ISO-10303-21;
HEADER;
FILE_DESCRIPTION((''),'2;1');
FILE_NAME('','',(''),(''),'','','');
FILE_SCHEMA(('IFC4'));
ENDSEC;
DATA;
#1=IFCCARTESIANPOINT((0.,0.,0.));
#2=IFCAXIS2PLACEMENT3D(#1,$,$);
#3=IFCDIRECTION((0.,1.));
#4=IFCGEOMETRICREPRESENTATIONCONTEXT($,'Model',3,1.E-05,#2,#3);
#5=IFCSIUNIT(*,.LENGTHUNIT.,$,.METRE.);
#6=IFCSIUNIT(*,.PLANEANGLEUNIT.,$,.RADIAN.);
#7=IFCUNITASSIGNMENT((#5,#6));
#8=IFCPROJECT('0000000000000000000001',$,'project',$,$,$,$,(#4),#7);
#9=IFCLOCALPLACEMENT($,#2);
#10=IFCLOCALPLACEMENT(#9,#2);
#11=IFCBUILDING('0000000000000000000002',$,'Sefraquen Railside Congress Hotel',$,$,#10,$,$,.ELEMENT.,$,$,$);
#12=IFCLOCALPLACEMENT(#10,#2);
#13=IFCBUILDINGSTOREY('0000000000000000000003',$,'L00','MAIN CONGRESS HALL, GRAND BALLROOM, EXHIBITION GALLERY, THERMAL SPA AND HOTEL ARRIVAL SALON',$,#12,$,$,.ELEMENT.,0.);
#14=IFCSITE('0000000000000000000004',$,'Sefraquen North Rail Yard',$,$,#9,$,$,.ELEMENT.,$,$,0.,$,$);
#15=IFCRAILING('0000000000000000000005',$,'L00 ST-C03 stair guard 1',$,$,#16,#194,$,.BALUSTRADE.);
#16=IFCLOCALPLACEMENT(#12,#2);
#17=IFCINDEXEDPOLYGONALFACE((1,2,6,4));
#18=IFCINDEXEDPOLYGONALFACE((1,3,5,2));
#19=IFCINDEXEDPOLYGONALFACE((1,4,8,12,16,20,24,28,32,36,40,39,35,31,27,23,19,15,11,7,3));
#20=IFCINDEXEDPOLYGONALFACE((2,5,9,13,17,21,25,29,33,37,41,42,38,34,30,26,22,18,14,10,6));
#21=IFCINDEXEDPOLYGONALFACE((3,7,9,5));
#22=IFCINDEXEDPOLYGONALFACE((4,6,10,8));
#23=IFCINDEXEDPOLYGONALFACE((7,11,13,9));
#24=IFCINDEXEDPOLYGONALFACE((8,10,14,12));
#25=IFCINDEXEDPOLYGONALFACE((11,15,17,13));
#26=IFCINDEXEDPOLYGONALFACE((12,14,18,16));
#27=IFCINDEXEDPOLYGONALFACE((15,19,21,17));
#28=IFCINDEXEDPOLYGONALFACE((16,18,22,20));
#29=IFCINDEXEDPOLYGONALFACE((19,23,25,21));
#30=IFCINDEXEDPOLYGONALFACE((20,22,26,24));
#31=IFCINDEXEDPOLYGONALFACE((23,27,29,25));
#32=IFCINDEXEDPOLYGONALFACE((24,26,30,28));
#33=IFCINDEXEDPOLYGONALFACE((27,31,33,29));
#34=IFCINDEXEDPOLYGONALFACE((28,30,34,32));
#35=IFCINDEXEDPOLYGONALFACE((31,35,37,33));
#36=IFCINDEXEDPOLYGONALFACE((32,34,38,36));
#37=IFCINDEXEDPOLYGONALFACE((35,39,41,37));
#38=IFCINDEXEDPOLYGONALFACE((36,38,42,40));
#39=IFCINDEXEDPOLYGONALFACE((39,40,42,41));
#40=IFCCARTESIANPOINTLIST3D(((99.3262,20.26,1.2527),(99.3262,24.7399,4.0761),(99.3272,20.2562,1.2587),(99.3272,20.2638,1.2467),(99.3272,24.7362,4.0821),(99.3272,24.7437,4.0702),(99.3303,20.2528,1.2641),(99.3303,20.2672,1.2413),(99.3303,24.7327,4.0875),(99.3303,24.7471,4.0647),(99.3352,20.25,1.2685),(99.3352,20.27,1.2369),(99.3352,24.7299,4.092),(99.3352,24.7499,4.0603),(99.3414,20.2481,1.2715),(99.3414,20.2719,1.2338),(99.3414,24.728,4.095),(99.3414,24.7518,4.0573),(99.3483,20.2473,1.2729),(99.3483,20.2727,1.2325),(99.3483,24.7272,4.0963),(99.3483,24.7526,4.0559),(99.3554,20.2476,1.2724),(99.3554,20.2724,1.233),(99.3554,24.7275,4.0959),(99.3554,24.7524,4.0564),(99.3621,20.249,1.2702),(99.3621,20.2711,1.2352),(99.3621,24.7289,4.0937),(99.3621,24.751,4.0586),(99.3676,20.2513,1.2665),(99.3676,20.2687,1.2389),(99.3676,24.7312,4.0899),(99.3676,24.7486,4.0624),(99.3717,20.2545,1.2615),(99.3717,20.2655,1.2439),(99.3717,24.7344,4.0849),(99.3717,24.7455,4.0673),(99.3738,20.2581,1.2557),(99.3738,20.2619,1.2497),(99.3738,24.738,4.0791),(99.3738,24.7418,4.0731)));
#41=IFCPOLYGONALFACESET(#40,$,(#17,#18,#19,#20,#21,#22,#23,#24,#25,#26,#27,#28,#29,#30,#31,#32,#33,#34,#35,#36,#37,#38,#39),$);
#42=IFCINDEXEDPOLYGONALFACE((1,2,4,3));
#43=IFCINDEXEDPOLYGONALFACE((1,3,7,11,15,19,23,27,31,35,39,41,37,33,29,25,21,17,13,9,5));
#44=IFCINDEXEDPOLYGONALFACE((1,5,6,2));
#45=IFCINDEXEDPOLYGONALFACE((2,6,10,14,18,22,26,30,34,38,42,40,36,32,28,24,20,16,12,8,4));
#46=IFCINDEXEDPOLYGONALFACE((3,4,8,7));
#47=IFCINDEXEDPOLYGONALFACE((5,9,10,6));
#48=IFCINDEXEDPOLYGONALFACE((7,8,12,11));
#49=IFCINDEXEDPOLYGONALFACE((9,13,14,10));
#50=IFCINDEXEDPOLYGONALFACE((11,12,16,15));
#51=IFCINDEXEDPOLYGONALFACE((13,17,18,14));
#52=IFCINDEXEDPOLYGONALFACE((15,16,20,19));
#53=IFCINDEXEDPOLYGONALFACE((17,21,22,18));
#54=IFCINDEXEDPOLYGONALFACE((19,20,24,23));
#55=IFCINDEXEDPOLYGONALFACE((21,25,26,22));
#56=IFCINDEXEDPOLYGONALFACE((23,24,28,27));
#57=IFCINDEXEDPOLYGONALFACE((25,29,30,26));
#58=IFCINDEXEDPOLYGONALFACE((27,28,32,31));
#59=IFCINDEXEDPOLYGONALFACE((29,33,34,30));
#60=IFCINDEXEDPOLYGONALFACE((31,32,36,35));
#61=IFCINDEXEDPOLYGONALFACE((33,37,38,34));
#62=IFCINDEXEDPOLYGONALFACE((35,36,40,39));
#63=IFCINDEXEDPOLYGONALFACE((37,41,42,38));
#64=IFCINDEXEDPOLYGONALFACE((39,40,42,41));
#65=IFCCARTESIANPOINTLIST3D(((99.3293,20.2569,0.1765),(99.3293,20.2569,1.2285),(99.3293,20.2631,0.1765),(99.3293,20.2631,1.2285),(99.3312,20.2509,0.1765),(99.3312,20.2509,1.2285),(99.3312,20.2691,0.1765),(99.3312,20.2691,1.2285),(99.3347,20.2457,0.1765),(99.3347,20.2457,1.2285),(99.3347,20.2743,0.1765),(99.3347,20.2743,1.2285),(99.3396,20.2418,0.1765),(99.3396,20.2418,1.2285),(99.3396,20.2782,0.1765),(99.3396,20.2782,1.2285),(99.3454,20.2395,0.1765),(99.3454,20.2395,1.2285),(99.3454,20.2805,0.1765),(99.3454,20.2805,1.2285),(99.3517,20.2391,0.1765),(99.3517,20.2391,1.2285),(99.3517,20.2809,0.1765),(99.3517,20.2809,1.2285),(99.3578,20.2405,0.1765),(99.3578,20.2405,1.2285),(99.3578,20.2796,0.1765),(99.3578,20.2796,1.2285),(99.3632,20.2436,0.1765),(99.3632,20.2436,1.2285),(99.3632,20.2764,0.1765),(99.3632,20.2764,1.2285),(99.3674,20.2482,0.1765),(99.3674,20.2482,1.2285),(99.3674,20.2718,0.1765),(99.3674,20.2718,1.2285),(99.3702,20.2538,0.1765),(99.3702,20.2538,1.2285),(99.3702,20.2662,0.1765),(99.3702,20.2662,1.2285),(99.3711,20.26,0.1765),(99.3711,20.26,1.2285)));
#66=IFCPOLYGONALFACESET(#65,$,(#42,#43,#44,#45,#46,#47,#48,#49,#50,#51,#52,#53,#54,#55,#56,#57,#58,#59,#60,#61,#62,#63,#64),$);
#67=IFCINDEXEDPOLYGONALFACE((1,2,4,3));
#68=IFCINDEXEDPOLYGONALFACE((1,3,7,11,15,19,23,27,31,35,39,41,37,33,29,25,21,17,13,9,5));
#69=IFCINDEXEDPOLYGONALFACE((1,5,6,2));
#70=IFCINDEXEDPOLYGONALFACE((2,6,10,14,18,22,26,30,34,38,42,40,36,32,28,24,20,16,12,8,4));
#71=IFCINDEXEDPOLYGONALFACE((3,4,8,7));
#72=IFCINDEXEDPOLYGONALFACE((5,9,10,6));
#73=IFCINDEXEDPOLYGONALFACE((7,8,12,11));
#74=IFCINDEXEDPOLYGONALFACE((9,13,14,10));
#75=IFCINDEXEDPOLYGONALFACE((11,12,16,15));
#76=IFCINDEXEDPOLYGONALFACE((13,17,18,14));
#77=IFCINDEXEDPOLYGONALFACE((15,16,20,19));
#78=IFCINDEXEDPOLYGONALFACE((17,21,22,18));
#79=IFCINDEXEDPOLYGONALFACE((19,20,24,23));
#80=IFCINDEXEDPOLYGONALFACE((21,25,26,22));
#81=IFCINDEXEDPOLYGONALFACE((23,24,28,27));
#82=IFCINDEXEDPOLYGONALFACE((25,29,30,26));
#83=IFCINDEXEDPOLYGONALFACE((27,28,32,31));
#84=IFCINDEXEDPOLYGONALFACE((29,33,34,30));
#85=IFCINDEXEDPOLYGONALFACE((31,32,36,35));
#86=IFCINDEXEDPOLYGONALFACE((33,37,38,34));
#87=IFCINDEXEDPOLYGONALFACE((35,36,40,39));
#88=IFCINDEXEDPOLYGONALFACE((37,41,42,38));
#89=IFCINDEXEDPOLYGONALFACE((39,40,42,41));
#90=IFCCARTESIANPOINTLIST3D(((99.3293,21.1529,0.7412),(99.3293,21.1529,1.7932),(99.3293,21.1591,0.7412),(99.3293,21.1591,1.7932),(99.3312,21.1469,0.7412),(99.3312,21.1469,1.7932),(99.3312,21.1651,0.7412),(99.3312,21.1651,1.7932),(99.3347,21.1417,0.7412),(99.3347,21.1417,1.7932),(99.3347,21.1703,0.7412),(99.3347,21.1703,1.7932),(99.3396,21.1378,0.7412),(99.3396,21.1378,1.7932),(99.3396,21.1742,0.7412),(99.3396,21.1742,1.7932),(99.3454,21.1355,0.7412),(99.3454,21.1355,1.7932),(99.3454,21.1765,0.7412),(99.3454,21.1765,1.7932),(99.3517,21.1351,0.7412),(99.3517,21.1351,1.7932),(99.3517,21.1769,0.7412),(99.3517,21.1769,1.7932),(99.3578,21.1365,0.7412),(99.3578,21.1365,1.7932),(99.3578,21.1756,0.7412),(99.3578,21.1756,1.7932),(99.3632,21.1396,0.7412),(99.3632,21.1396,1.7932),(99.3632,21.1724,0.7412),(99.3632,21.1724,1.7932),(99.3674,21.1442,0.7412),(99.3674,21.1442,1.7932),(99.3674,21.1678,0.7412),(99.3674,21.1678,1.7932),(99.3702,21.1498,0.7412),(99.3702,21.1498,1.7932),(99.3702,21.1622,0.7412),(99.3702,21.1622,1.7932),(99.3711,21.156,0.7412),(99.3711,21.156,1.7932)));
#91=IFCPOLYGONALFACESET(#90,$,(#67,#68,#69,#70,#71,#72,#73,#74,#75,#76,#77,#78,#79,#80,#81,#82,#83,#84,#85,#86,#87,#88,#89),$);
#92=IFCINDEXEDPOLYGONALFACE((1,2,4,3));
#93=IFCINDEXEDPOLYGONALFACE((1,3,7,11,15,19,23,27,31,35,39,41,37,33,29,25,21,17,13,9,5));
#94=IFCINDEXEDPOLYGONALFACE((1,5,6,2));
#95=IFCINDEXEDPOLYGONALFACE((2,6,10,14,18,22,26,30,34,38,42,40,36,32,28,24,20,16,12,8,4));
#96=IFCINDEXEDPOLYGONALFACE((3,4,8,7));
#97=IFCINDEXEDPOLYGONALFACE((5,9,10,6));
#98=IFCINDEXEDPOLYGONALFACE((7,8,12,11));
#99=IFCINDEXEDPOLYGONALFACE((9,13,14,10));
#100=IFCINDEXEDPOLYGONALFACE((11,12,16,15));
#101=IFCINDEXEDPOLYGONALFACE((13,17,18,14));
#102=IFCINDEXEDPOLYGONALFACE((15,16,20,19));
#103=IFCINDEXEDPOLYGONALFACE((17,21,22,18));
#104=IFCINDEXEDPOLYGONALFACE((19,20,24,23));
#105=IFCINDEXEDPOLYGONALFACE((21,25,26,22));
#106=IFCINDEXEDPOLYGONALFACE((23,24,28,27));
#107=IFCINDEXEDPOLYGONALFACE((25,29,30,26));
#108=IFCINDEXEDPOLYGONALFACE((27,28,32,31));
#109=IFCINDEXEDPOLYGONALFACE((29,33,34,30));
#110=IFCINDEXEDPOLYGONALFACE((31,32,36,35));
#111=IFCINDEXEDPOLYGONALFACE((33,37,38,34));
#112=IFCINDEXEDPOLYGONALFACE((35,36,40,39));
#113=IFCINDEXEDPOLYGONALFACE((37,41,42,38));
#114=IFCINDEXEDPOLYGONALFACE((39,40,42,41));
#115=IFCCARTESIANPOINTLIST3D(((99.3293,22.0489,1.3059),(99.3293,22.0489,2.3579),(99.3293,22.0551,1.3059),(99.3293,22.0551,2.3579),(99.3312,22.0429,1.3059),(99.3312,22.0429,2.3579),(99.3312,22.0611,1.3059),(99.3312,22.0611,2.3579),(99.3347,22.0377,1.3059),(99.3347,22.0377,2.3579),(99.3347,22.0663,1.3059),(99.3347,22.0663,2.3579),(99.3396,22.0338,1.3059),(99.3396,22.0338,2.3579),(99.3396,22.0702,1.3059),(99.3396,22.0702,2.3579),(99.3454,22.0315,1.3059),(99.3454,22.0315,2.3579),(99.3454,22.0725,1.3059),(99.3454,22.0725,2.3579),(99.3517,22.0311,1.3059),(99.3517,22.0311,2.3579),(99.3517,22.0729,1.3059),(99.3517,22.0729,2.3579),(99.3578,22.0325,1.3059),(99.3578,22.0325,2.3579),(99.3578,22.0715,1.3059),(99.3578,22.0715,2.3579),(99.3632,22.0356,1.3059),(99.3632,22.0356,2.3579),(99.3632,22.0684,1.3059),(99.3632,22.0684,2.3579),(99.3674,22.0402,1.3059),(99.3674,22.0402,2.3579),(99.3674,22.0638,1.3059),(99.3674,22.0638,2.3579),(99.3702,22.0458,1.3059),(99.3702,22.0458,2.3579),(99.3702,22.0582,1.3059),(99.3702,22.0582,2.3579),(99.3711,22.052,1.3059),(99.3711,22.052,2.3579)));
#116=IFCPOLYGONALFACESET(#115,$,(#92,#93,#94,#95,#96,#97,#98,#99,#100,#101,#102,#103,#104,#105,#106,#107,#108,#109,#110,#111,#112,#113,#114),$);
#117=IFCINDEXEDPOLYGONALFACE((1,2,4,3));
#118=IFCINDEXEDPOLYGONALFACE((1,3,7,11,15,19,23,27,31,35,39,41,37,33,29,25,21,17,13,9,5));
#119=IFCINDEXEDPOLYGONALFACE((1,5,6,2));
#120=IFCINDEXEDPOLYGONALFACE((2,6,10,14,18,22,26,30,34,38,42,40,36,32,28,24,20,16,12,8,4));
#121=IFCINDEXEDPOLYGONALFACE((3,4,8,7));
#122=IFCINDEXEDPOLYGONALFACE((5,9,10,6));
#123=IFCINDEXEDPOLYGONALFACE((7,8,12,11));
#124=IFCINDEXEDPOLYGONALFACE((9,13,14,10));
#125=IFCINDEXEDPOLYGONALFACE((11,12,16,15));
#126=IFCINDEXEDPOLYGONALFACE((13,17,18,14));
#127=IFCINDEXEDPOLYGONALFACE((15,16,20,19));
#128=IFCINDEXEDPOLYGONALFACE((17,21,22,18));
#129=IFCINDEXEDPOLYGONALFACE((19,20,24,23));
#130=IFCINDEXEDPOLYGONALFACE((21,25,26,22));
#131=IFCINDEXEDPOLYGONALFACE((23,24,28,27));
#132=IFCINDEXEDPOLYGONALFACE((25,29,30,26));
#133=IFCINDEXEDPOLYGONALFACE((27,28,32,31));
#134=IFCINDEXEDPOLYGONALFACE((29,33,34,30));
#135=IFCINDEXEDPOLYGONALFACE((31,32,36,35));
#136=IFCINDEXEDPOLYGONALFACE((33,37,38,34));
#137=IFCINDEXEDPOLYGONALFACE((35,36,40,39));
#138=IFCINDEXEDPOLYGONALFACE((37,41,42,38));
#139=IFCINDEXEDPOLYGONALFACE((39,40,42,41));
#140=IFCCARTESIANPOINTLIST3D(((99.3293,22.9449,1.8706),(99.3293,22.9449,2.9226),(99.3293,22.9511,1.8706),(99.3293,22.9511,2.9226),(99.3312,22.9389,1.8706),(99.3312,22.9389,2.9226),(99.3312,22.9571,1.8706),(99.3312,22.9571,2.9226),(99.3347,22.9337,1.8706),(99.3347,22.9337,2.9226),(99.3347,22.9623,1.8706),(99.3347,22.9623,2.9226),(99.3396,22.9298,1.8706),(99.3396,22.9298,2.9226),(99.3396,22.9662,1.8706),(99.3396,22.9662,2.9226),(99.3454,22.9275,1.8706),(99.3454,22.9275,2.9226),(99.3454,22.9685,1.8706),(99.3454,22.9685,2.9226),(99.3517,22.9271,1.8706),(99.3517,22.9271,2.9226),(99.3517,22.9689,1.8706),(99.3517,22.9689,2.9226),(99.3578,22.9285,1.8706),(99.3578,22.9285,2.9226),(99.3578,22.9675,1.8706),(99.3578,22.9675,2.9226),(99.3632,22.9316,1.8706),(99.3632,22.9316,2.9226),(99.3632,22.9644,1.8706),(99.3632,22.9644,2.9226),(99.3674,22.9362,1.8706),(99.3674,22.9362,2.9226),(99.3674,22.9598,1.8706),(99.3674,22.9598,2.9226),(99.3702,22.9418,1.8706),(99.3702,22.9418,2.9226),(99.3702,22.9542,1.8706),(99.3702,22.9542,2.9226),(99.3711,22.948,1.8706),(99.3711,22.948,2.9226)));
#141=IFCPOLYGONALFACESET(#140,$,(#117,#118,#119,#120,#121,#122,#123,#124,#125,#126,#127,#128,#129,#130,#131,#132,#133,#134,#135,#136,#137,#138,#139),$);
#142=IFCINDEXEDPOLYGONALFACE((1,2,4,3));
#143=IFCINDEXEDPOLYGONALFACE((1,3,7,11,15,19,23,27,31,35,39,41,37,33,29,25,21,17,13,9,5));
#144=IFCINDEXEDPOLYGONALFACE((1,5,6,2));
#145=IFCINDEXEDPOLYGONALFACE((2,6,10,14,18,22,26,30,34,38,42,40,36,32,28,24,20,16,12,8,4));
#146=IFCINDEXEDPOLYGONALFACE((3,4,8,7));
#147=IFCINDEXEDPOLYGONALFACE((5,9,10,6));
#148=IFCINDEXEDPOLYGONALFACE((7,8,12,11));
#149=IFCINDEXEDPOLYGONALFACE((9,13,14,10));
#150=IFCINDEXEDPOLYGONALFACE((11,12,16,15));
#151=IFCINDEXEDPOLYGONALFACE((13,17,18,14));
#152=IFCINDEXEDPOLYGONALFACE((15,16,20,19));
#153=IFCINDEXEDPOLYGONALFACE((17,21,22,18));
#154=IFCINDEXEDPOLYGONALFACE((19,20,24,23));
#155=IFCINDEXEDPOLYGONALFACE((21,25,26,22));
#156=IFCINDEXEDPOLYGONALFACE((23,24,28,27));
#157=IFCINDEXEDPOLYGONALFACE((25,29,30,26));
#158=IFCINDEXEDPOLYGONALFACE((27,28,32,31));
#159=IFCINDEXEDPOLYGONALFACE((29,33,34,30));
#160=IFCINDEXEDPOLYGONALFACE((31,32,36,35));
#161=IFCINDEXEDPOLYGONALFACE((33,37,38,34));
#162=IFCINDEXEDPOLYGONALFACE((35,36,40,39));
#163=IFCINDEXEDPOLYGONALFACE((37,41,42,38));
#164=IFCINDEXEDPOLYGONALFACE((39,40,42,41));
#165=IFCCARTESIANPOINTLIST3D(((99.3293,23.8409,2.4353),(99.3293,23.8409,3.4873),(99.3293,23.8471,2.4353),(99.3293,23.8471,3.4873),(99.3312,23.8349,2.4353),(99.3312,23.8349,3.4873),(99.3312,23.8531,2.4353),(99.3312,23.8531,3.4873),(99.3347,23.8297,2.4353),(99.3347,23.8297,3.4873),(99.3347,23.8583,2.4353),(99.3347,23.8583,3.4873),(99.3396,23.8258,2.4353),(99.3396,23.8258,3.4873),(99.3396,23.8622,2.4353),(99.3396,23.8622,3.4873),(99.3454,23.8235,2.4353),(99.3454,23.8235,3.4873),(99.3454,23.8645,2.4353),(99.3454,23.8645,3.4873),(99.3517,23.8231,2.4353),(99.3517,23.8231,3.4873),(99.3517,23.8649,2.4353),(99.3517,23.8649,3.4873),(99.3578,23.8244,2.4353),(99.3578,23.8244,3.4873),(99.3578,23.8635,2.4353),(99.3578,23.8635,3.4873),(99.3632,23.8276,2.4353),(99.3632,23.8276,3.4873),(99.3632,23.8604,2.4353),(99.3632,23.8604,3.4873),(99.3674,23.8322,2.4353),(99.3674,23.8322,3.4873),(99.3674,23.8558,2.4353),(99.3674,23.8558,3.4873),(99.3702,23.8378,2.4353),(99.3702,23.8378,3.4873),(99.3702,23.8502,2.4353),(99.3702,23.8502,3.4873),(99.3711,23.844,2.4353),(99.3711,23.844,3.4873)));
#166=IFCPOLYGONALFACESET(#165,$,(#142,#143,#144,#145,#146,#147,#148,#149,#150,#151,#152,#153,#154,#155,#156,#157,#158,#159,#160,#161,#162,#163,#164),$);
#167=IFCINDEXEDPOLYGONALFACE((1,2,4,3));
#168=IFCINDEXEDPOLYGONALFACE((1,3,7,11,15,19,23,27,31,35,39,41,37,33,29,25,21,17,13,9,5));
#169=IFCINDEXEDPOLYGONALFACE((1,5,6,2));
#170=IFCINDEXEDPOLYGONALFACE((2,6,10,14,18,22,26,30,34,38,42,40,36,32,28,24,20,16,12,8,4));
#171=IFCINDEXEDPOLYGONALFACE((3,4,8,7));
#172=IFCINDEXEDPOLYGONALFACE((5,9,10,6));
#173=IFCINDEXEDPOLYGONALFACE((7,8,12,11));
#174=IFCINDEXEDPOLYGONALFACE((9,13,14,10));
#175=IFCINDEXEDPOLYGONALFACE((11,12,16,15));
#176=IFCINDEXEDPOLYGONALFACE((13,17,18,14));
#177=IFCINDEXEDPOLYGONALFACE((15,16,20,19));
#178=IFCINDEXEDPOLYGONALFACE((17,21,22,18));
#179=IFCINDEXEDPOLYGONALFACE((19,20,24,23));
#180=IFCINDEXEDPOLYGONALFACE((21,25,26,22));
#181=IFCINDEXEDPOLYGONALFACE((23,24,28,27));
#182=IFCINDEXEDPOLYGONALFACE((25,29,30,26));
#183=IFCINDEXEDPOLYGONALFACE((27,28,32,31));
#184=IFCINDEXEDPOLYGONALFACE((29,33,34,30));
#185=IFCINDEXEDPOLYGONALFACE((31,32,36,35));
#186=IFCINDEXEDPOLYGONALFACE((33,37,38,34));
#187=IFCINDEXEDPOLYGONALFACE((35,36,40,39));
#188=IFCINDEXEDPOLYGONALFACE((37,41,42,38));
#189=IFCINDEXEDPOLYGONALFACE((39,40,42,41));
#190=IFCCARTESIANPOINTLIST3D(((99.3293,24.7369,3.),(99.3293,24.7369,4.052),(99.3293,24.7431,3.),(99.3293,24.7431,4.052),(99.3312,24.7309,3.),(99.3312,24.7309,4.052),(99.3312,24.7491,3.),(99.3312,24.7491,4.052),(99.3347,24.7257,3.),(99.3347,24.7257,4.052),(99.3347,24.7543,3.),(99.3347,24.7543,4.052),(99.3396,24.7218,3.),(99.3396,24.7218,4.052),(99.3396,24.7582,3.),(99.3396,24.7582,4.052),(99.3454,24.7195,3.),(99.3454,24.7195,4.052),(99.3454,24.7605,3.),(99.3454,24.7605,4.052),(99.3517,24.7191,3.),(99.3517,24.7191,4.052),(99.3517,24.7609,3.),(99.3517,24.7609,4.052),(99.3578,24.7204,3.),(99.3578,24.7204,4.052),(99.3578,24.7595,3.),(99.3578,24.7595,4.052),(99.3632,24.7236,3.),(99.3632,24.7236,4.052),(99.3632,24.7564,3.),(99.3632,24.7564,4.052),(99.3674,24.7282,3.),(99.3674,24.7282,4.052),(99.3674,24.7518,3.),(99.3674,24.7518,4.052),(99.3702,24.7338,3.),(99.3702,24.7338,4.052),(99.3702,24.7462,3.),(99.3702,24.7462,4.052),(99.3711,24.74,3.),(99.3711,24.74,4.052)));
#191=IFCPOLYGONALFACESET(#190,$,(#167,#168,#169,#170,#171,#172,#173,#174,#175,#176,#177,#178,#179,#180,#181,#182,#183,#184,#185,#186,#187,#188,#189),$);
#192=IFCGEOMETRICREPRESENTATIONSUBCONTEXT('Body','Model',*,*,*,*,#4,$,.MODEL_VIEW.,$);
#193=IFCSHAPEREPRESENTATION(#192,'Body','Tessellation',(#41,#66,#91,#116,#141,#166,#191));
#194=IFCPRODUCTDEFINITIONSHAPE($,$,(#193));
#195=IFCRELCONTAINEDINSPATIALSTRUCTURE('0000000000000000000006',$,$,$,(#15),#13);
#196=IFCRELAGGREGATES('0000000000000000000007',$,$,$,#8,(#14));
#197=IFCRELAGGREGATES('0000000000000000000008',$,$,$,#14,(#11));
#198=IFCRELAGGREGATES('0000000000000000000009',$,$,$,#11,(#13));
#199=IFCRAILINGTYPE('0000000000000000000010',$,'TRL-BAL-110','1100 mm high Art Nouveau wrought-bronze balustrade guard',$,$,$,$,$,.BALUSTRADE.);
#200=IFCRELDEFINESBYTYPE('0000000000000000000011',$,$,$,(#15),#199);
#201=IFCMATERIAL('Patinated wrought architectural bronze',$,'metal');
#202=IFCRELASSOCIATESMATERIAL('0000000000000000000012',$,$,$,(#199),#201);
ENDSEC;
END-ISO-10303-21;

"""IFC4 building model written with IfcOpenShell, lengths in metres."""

from ifc_helpers import new_model, si_unit, direction, frame, origin, origin_2d, place, context, subcontext, project, spatial, circle, extrude, material, type_object, element, save


model = new_model("IFC4")

# Units and contexts
model_context = context("Model", 3, precision=1e-05, world=origin(), true_north=direction((0.0, 1.0)))
body_context = subcontext(model_context, "Body", "Model", "MODEL_VIEW")
ifc_project = project(units=[si_unit("LENGTHUNIT", "METRE"), si_unit("PLANEANGLEUNIT", "RADIAN")], contexts=[model_context])

# Site, building, storey
site_placement = place(None, origin())
site = spatial("IfcSite", under=ifc_project, at=site_placement, Name="Sefraquen North Rail Yard", CompositionType="ELEMENT", RefElevation=0.0)
building_placement = place(site_placement, origin())
building = spatial("IfcBuilding", under=site, at=building_placement, Name="Sefraquen Railside Congress Hotel", CompositionType="ELEMENT")
storey_placement = place(building_placement, origin())
storey = spatial("IfcBuildingStorey", under=building, at=storey_placement, Name="L00", Description="MAIN CONGRESS HALL, GRAND BALLROOM, EXHIBITION GALLERY, THERMAL SPA AND HOTEL ARRIVAL SALON", CompositionType="ELEMENT", Elevation=0.0)

# Railing
ifc_material_1 = material(Name="Patinated wrought architectural bronze", Category="metal")
railing_type_1 = type_object("IfcRailingType", Name="TRL-BAL-110", Description="1100 mm high Art Nouveau wrought-bronze balustrade guard", PredefinedType="BALUSTRADE", material=ifc_material_1)
railing_1_placement = place(storey_placement, frame((99.3501, 20.26, 0.1765)))
element("IfcRailing", 1, at=railing_1_placement, inside=storey, type_object=railing_type_1, Name="L00 ST-C03 stair guard 1", PredefinedType="BALUSTRADE", context=body_context, shape_type="SweptSolid", body=[
    extrude(circle(Radius=0.0239, at=origin_2d()), frame((0.0, 0.0, 1.0762), z_axis=(0.0, 0.845998, 0.533186), x_axis=(-1.0, 0.0, 0.0)), (0.0, 0.0, 1.0), 5.2954),
    extrude(circle(Radius=0.021, at=origin_2d()), origin(), (0.0, 0.0, 1.0), 1.052),
    extrude(circle(Radius=0.021, at=origin_2d()), frame((0.0, 0.896, 0.5647)), (0.0, 0.0, 1.0), 1.052),
    extrude(circle(Radius=0.021, at=origin_2d()), frame((0.0, 1.792, 1.1294)), (0.0, 0.0, 1.0), 1.052),
    extrude(circle(Radius=0.021, at=origin_2d()), frame((0.0, 2.688, 1.6941)), (0.0, 0.0, 1.0), 1.052),
    extrude(circle(Radius=0.021, at=origin_2d()), frame((0.0, 3.584, 2.2588)), (0.0, 0.0, 1.0), 1.052),
    extrude(circle(Radius=0.021, at=origin_2d()), frame((0.0, 4.48, 2.8235)), (0.0, 0.0, 1.0), 1.052),
])

save(model, "model.ifc")
